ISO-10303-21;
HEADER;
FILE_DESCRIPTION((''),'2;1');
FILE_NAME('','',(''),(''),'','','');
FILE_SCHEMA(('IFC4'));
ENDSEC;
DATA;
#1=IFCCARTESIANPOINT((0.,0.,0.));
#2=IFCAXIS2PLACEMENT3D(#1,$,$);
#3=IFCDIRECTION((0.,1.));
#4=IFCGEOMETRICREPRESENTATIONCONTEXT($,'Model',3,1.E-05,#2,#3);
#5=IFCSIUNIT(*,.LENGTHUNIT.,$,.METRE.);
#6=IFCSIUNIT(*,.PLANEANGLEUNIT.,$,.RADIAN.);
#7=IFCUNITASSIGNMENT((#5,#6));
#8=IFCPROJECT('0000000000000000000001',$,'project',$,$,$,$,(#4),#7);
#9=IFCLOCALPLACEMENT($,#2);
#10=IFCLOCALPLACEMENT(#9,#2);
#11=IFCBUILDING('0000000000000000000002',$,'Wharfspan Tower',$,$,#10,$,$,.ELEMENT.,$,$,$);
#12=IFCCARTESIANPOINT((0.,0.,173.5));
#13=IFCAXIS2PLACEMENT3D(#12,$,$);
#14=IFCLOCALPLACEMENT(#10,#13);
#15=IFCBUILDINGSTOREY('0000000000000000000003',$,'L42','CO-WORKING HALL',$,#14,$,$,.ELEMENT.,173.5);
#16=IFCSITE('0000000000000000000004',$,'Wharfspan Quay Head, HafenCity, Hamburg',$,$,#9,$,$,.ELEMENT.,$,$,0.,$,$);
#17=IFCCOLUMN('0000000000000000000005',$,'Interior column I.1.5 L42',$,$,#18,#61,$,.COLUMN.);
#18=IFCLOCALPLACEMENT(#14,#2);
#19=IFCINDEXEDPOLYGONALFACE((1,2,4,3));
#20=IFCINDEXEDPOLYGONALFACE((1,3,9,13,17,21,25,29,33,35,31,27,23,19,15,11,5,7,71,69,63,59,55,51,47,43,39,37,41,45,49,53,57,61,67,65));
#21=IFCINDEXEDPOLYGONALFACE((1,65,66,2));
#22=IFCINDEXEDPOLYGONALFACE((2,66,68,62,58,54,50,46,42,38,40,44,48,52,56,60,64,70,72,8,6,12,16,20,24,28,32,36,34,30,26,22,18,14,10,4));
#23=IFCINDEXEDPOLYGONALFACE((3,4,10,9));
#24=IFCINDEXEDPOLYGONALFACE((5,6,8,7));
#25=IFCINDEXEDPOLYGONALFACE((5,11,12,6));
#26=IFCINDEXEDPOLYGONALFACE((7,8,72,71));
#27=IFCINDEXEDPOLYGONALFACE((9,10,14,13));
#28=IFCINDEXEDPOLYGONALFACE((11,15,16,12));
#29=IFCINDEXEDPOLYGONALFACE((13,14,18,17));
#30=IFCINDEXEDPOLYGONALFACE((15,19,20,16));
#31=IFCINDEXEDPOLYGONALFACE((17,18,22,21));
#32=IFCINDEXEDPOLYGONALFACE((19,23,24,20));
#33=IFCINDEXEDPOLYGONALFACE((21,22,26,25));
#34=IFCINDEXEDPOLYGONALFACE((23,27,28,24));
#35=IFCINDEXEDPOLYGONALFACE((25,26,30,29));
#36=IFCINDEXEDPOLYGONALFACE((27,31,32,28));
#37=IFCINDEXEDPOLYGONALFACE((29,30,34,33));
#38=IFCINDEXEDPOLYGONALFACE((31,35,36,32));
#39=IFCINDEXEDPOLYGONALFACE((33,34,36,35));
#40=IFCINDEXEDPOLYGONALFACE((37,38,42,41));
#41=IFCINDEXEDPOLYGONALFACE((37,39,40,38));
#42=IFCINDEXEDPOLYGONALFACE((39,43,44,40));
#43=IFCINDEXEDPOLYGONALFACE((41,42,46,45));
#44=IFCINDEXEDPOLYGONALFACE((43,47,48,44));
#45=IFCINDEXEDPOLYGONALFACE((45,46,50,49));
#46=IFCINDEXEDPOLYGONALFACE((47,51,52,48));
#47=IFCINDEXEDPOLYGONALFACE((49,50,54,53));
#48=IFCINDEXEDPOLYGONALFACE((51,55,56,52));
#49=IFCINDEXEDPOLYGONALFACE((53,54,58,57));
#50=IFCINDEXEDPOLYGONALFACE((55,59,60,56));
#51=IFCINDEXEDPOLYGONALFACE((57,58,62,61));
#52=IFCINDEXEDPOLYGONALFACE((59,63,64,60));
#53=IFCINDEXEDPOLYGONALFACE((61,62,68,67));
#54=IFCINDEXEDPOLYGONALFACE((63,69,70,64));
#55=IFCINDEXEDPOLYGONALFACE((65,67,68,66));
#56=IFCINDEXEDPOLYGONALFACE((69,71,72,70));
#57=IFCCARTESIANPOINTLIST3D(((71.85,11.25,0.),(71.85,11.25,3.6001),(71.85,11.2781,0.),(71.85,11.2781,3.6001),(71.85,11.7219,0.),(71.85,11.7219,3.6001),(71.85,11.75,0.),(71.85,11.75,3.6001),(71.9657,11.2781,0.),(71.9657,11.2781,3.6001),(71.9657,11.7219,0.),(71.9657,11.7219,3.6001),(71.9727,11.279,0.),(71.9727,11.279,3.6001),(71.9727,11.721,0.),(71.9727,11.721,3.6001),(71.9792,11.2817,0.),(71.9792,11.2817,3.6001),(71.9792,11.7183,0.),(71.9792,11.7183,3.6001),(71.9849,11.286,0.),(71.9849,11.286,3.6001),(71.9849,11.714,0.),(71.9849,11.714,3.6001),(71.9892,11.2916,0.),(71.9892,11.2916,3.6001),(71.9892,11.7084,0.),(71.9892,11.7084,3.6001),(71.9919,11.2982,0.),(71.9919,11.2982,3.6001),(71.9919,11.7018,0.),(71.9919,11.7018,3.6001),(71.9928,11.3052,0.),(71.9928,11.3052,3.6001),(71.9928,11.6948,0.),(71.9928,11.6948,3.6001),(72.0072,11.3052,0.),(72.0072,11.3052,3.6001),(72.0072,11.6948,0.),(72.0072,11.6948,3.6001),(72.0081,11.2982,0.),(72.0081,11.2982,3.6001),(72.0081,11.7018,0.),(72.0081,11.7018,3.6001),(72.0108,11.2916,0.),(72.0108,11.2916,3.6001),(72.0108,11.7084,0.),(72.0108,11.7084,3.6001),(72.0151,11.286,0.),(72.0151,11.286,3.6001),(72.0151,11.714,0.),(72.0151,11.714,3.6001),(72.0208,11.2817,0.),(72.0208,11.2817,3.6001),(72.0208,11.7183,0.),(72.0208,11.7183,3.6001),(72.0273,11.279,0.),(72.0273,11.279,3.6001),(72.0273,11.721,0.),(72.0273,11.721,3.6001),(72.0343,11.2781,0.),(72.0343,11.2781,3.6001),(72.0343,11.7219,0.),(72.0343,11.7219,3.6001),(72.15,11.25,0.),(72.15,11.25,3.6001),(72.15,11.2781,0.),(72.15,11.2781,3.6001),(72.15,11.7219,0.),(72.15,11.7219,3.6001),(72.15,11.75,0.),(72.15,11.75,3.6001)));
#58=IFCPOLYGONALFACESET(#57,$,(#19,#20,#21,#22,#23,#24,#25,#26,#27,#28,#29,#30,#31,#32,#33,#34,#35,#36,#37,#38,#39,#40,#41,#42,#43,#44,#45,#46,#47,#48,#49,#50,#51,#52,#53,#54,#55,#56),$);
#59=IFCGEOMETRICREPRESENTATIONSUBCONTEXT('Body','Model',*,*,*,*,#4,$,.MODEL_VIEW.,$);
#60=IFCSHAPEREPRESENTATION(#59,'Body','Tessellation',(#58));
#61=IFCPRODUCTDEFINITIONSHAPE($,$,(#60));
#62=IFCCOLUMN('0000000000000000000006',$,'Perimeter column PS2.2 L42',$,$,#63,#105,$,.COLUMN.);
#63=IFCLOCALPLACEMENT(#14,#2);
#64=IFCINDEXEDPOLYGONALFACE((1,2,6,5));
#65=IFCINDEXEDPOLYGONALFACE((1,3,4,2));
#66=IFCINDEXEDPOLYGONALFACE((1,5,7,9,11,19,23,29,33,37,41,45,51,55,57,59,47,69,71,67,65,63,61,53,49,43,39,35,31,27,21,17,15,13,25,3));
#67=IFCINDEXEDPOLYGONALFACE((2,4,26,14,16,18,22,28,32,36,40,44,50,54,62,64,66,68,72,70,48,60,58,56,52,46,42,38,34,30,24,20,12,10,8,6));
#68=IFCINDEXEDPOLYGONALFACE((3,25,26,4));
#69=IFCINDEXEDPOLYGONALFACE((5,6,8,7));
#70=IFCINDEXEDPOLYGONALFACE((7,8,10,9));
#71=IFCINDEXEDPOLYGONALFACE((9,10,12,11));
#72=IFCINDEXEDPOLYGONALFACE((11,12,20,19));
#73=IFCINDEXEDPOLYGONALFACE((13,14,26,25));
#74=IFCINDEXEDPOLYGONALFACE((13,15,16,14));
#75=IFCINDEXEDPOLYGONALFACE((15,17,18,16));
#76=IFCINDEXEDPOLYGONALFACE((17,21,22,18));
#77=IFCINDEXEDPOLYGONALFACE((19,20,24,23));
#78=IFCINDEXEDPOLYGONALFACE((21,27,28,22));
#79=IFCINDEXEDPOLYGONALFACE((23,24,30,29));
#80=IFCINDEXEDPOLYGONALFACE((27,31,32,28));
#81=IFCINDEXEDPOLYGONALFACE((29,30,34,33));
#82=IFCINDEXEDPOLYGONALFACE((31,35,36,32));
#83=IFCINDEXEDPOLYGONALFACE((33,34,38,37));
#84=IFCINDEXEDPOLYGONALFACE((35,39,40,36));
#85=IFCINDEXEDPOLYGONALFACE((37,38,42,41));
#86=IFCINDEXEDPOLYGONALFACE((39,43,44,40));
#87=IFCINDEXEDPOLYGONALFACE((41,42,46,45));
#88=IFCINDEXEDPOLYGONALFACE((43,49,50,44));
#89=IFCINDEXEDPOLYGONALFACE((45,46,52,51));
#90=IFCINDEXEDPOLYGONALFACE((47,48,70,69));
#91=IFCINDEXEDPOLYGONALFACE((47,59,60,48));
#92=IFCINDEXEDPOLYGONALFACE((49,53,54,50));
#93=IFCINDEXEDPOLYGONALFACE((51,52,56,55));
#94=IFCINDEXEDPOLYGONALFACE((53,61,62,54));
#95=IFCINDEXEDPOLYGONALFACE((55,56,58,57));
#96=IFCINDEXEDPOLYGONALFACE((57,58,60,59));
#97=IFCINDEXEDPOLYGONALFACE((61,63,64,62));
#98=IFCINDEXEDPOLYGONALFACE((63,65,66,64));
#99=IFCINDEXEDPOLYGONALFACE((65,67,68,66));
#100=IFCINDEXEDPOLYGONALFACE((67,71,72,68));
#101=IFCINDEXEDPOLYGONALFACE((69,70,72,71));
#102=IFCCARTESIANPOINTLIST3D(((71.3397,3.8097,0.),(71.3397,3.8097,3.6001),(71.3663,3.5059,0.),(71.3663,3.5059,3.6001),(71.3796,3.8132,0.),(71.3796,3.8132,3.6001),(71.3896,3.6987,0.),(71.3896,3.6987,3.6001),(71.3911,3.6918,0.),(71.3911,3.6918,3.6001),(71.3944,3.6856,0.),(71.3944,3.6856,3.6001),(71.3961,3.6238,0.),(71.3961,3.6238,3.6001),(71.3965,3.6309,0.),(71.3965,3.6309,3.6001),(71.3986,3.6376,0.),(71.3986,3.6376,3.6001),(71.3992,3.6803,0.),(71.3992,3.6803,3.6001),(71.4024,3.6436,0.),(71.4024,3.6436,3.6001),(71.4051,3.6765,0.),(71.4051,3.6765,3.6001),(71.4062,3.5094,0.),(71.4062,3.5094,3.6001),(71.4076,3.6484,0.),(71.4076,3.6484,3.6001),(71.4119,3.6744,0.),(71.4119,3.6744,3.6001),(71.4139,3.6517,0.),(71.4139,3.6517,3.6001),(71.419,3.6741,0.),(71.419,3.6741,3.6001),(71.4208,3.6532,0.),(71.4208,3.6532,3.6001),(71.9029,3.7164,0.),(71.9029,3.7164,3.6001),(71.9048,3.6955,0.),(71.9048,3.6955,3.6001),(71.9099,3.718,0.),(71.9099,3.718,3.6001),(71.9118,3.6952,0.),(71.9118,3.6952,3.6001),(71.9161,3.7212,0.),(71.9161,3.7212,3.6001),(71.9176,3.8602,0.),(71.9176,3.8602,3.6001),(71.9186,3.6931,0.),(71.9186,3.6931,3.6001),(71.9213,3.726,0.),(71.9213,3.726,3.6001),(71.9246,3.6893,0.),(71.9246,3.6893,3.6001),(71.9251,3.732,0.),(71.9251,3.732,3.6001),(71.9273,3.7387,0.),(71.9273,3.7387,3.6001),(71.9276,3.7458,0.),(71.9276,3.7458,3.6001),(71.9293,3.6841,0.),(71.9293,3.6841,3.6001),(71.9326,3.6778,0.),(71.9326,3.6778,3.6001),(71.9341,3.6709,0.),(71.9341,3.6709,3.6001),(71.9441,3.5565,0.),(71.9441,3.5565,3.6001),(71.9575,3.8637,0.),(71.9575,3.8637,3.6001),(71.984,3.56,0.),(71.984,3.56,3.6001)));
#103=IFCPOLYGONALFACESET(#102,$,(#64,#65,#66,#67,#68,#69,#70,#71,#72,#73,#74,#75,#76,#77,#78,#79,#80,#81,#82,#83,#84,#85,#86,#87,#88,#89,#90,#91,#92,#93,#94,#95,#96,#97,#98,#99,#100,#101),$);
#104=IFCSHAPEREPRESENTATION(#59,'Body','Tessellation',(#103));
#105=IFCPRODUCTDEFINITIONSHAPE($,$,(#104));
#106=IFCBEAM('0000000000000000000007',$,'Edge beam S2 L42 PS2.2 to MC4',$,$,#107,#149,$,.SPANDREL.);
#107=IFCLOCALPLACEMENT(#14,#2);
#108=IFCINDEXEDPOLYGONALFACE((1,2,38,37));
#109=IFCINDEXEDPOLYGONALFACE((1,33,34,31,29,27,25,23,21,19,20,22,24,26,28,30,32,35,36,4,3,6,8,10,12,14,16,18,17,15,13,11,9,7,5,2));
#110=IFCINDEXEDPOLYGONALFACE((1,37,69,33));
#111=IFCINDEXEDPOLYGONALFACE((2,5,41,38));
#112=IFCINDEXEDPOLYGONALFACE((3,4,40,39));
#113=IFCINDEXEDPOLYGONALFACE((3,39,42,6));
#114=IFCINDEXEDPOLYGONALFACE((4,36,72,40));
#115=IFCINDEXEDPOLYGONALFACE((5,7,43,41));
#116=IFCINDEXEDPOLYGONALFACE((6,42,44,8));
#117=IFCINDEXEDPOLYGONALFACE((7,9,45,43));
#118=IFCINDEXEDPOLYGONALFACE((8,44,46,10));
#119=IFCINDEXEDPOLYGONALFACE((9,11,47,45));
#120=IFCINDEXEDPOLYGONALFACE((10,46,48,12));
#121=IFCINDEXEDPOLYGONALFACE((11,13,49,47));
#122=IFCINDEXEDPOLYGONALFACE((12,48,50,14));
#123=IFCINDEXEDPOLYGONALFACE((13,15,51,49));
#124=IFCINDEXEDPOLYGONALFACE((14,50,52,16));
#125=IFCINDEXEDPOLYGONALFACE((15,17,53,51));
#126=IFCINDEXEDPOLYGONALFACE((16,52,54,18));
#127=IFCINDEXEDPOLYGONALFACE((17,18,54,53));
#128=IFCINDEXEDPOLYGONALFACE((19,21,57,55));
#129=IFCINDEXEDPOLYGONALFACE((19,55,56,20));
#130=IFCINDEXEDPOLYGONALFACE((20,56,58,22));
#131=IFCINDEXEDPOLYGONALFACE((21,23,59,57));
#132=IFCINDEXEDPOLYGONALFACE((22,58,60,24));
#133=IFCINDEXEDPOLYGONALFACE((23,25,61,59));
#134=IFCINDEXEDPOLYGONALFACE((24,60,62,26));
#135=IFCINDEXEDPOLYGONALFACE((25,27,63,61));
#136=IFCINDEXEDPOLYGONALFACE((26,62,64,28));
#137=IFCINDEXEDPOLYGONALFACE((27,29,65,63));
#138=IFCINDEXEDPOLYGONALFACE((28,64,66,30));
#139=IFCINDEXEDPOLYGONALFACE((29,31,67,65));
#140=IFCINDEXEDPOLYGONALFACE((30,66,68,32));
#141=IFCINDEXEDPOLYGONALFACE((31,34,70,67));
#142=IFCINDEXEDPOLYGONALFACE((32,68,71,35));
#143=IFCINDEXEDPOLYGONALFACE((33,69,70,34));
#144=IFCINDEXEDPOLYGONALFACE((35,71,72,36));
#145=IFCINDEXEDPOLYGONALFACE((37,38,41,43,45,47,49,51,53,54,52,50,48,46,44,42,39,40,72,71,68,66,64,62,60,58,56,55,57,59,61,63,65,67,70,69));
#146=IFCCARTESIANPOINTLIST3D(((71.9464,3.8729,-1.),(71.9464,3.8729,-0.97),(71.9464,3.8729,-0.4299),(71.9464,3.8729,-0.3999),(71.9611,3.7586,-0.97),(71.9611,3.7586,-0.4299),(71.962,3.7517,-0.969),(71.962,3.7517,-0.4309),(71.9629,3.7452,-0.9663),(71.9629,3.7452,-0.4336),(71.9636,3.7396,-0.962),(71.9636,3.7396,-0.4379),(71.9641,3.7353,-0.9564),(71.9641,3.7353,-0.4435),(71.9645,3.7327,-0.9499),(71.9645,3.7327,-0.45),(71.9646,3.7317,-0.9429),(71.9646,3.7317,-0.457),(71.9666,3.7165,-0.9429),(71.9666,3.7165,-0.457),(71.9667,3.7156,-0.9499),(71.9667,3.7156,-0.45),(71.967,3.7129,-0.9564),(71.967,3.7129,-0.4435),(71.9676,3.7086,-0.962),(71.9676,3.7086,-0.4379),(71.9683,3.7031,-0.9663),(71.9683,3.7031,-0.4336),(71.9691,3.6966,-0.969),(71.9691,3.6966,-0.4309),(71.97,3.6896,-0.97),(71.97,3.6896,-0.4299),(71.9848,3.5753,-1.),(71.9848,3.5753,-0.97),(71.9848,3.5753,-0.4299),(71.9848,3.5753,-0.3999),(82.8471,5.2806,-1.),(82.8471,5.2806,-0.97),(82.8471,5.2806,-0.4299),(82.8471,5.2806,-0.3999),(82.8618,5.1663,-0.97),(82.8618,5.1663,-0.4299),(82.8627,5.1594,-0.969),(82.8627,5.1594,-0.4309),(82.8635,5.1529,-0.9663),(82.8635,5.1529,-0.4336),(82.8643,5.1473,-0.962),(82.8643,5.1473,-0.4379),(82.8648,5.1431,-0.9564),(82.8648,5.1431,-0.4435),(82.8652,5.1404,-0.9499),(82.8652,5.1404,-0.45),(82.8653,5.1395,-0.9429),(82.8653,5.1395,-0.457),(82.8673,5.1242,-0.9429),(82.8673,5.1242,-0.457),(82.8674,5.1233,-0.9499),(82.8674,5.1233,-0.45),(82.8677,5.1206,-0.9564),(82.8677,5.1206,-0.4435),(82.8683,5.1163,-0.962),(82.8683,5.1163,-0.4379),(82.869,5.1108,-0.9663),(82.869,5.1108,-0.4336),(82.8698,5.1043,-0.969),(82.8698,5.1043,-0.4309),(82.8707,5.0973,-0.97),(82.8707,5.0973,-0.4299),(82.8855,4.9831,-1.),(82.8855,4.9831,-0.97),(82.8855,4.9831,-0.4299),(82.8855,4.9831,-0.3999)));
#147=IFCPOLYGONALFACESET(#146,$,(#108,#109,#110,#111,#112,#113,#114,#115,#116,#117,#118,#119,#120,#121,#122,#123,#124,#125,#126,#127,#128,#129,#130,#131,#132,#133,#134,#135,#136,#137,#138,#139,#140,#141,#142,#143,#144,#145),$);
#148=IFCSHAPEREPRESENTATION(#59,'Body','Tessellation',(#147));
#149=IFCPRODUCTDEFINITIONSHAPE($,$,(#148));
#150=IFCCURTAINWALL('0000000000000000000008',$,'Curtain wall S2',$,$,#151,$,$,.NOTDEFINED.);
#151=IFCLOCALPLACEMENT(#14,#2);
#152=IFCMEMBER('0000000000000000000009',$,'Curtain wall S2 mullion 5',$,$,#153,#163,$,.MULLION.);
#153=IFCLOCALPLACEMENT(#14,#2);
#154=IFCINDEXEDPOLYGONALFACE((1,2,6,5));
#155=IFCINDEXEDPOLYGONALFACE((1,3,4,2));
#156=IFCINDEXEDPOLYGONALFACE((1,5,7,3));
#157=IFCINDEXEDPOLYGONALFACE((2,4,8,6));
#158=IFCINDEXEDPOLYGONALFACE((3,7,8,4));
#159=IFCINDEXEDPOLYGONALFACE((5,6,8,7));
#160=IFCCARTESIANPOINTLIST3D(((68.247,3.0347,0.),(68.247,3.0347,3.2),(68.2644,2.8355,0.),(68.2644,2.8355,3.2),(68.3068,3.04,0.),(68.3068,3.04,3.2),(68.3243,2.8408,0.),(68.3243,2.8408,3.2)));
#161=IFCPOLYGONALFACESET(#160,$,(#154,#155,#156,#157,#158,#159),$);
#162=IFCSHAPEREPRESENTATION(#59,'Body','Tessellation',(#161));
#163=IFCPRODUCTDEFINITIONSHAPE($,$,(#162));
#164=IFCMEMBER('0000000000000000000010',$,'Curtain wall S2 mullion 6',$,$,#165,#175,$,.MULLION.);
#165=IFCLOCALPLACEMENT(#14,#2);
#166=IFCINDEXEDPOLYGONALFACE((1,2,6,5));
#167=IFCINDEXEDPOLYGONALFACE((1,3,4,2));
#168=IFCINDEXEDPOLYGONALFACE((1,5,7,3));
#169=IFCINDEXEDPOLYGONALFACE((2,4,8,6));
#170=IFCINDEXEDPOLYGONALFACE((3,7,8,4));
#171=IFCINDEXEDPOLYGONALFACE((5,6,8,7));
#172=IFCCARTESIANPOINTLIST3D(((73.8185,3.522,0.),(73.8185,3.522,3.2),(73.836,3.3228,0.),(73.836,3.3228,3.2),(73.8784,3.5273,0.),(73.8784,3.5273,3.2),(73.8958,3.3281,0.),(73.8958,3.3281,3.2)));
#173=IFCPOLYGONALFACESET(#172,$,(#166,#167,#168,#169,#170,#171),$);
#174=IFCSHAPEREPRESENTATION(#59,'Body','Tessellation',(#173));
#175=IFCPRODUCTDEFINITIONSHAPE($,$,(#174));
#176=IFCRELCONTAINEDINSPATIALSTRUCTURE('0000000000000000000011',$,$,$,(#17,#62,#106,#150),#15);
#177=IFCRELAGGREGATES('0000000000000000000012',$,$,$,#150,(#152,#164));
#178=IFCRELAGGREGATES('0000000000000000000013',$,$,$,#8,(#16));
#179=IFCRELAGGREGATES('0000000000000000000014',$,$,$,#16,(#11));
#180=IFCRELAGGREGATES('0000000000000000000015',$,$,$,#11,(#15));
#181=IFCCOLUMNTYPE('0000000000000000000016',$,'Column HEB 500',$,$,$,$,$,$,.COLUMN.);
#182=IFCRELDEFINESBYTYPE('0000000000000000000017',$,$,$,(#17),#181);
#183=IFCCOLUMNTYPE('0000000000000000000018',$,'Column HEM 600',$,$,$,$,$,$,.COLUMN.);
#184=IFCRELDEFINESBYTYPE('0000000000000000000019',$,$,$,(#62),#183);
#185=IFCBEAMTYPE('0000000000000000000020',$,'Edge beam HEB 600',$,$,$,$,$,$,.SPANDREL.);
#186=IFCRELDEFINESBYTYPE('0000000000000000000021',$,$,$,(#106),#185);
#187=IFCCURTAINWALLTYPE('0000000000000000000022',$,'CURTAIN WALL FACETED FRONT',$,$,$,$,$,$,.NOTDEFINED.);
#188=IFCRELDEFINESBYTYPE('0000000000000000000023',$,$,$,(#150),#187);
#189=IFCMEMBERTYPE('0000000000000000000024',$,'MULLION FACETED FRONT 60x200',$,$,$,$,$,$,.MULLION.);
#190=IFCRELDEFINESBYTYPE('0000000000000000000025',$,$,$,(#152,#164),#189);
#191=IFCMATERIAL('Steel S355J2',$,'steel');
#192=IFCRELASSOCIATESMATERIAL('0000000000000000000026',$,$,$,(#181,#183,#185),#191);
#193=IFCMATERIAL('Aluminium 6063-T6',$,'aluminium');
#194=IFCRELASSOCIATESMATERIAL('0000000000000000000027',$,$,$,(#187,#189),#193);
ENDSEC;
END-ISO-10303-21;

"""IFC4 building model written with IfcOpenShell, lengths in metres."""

from ifc_helpers import new_model, si_unit, direction, frame, origin, origin_2d, place, context, subcontext, project, spatial, rectangle, i_section, extrude, material, material_profile, profile_set, type_object, element, aggregate, save


model = new_model("IFC4")

# Units and contexts
model_context = context("Model", 3, precision=1e-05, world=origin(), true_north=direction((0.0, 1.0)))
body_context = subcontext(model_context, "Body", "Model", "MODEL_VIEW")
ifc_project = project(units=[si_unit("LENGTHUNIT", "METRE"), si_unit("PLANEANGLEUNIT", "RADIAN")], contexts=[model_context])

# Site, building, storey
site_placement = place(None, origin())
site = spatial("IfcSite", under=ifc_project, at=site_placement, Name="Wharfspan Quay Head, HafenCity, Hamburg", CompositionType="ELEMENT", RefElevation=0.0)
building_placement = place(site_placement, origin())
building = spatial("IfcBuilding", under=site, at=building_placement, Name="Wharfspan Tower", CompositionType="ELEMENT")
storey_placement = place(building_placement, frame((0.0, 0.0, 173.5)))
storey = spatial("IfcBuildingStorey", under=building, at=storey_placement, Name="L42", Description="CO-WORKING HALL", CompositionType="ELEMENT", Elevation=173.5)

# Columns
ifc_material_1 = material(Name="Steel S355J2", Category="steel")
ifc_material_profile_1 = material_profile(ifc_material_1, i_section(OverallWidth=0.3, OverallDepth=0.5, WebThickness=0.0144, FlangeThickness=0.0281, FilletRadius=0.0271, at=origin_2d()))
ifc_profile_set_1 = profile_set([ifc_material_profile_1], Name="Steel S355J2")
column_type_1 = type_object("IfcColumnType", Name="Column HEB 500", PredefinedType="COLUMN", material=ifc_profile_set_1)
column_1_placement = place(storey_placement, frame((72.0, 11.5, 0.0), z_axis=(0.0, 0.0, 1.0), x_axis=(1.0, 0.0, 0.0)))
element("IfcColumn", 1, at=column_1_placement, inside=storey, type_object=column_type_1, Name="Interior column I.1.5 L42", PredefinedType="COLUMN", context=body_context, shape_type="SweptSolid", body=[
    extrude(i_section(OverallWidth=0.3, OverallDepth=0.5, WebThickness=0.0144, FlangeThickness=0.0281, FilletRadius=0.0271, at=origin_2d()), origin(), (0.0, 0.0, 1.0), 3.6001),
])
ifc_material_profile_2 = material_profile(ifc_material_1, i_section(OverallWidth=0.3049, OverallDepth=0.6201, WebThickness=0.021, FlangeThickness=0.04, FilletRadius=0.0271, at=origin_2d()))
ifc_profile_set_2 = profile_set([ifc_material_profile_2], Name="Steel S355J2")
column_type_2 = type_object("IfcColumnType", Name="Column HEM 600", PredefinedType="COLUMN", material=ifc_profile_set_2)
column_2_placement = place(storey_placement, frame((71.6619, 3.6848, 0.0), z_axis=(0.0, 0.0, 1.0), x_axis=(0.087156, -0.996198, 0.0)))
element("IfcColumn", 2, at=column_2_placement, inside=storey, type_object=column_type_2, Name="Perimeter column PS2.2 L42", PredefinedType="COLUMN", context=body_context, shape_type="SweptSolid", body=[
    extrude(i_section(OverallWidth=0.3049, OverallDepth=0.6201, WebThickness=0.021, FlangeThickness=0.04, FilletRadius=0.0271, at=origin_2d()), origin(), (0.0, 0.0, 1.0), 3.6001),
])

# Beam
ifc_material_profile_3 = material_profile(ifc_material_1, i_section(OverallWidth=0.3, OverallDepth=0.6001, WebThickness=0.0154, FlangeThickness=0.03, FilletRadius=0.0271, at=origin_2d()))
ifc_profile_set_3 = profile_set([ifc_material_profile_3], Name="Steel S355J2")
beam_type = type_object("IfcBeamType", Name="Edge beam HEB 600", PredefinedType="SPANDREL", material=ifc_profile_set_3)
beam_placement = place(storey_placement, frame((71.9656, 3.7241, -0.7), z_axis=(0.991764, 0.128077, 0.0), x_axis=(-0.128077, 0.991764, 0.0)))
element("IfcBeam", 3, at=beam_placement, inside=storey, type_object=beam_type, Name="Edge beam S2 L42 PS2.2 to MC4", PredefinedType="SPANDREL", context=body_context, shape_type="SweptSolid", body=[
    extrude(i_section(OverallWidth=0.3, OverallDepth=0.6001, WebThickness=0.0154, FlangeThickness=0.03, FilletRadius=0.0271, at=origin_2d()), origin(), (0.0, 0.0, 1.0), 10.9912),
])

# Curtain wall, members
ifc_material_2 = material(Name="Aluminium 6063-T6", Category="aluminium")
curtain_wall_type = type_object("IfcCurtainWallType", Name="CURTAIN WALL FACETED FRONT", PredefinedType="NOTDEFINED", material=ifc_material_2)
curtain_wall_placement = place(storey_placement, origin())
curtain_wall = element("IfcCurtainWall", 4, at=curtain_wall_placement, inside=storey, type_object=curtain_wall_type, Name="Curtain wall S2", PredefinedType="NOTDEFINED")
ifc_material_profile_4 = material_profile(ifc_material_2, rectangle(XDim=0.2, YDim=0.0601, at=origin_2d()))
ifc_profile_set_4 = profile_set([ifc_material_profile_4], Name="Aluminium 6063-T6")
member_type_1 = type_object("IfcMemberType", Name="MULLION FACETED FRONT 60x200", PredefinedType="MULLION", material=ifc_profile_set_4)
member_1_placement = place(storey_placement, frame((68.2856, 2.9377, 0.0), z_axis=(0.0, 0.0, 1.0), x_axis=(-0.087156, 0.996198, 0.0)))
member_1 = element("IfcMember", 5, at=member_1_placement, type_object=member_type_1, Name="Curtain wall S2 mullion 5", PredefinedType="MULLION", context=body_context, shape_type="SweptSolid", body=[
    extrude(rectangle(XDim=0.2, YDim=0.0601, at=origin_2d()), origin(), (0.0, 0.0, 1.0), 3.2),
])
member_2_placement = place(storey_placement, frame((73.8572, 3.425, 0.0), z_axis=(0.0, 0.0, 1.0), x_axis=(-0.087156, 0.996198, 0.0)))
member_2 = element("IfcMember", 6, at=member_2_placement, type_object=member_type_1, Name="Curtain wall S2 mullion 6", PredefinedType="MULLION", context=body_context, shape_type="SweptSolid", body=[
    extrude(rectangle(XDim=0.2, YDim=0.0601, at=origin_2d()), origin(), (0.0, 0.0, 1.0), 3.2),
])

aggregate(curtain_wall, [member_1, member_2])

save(model, "model.ifc")
